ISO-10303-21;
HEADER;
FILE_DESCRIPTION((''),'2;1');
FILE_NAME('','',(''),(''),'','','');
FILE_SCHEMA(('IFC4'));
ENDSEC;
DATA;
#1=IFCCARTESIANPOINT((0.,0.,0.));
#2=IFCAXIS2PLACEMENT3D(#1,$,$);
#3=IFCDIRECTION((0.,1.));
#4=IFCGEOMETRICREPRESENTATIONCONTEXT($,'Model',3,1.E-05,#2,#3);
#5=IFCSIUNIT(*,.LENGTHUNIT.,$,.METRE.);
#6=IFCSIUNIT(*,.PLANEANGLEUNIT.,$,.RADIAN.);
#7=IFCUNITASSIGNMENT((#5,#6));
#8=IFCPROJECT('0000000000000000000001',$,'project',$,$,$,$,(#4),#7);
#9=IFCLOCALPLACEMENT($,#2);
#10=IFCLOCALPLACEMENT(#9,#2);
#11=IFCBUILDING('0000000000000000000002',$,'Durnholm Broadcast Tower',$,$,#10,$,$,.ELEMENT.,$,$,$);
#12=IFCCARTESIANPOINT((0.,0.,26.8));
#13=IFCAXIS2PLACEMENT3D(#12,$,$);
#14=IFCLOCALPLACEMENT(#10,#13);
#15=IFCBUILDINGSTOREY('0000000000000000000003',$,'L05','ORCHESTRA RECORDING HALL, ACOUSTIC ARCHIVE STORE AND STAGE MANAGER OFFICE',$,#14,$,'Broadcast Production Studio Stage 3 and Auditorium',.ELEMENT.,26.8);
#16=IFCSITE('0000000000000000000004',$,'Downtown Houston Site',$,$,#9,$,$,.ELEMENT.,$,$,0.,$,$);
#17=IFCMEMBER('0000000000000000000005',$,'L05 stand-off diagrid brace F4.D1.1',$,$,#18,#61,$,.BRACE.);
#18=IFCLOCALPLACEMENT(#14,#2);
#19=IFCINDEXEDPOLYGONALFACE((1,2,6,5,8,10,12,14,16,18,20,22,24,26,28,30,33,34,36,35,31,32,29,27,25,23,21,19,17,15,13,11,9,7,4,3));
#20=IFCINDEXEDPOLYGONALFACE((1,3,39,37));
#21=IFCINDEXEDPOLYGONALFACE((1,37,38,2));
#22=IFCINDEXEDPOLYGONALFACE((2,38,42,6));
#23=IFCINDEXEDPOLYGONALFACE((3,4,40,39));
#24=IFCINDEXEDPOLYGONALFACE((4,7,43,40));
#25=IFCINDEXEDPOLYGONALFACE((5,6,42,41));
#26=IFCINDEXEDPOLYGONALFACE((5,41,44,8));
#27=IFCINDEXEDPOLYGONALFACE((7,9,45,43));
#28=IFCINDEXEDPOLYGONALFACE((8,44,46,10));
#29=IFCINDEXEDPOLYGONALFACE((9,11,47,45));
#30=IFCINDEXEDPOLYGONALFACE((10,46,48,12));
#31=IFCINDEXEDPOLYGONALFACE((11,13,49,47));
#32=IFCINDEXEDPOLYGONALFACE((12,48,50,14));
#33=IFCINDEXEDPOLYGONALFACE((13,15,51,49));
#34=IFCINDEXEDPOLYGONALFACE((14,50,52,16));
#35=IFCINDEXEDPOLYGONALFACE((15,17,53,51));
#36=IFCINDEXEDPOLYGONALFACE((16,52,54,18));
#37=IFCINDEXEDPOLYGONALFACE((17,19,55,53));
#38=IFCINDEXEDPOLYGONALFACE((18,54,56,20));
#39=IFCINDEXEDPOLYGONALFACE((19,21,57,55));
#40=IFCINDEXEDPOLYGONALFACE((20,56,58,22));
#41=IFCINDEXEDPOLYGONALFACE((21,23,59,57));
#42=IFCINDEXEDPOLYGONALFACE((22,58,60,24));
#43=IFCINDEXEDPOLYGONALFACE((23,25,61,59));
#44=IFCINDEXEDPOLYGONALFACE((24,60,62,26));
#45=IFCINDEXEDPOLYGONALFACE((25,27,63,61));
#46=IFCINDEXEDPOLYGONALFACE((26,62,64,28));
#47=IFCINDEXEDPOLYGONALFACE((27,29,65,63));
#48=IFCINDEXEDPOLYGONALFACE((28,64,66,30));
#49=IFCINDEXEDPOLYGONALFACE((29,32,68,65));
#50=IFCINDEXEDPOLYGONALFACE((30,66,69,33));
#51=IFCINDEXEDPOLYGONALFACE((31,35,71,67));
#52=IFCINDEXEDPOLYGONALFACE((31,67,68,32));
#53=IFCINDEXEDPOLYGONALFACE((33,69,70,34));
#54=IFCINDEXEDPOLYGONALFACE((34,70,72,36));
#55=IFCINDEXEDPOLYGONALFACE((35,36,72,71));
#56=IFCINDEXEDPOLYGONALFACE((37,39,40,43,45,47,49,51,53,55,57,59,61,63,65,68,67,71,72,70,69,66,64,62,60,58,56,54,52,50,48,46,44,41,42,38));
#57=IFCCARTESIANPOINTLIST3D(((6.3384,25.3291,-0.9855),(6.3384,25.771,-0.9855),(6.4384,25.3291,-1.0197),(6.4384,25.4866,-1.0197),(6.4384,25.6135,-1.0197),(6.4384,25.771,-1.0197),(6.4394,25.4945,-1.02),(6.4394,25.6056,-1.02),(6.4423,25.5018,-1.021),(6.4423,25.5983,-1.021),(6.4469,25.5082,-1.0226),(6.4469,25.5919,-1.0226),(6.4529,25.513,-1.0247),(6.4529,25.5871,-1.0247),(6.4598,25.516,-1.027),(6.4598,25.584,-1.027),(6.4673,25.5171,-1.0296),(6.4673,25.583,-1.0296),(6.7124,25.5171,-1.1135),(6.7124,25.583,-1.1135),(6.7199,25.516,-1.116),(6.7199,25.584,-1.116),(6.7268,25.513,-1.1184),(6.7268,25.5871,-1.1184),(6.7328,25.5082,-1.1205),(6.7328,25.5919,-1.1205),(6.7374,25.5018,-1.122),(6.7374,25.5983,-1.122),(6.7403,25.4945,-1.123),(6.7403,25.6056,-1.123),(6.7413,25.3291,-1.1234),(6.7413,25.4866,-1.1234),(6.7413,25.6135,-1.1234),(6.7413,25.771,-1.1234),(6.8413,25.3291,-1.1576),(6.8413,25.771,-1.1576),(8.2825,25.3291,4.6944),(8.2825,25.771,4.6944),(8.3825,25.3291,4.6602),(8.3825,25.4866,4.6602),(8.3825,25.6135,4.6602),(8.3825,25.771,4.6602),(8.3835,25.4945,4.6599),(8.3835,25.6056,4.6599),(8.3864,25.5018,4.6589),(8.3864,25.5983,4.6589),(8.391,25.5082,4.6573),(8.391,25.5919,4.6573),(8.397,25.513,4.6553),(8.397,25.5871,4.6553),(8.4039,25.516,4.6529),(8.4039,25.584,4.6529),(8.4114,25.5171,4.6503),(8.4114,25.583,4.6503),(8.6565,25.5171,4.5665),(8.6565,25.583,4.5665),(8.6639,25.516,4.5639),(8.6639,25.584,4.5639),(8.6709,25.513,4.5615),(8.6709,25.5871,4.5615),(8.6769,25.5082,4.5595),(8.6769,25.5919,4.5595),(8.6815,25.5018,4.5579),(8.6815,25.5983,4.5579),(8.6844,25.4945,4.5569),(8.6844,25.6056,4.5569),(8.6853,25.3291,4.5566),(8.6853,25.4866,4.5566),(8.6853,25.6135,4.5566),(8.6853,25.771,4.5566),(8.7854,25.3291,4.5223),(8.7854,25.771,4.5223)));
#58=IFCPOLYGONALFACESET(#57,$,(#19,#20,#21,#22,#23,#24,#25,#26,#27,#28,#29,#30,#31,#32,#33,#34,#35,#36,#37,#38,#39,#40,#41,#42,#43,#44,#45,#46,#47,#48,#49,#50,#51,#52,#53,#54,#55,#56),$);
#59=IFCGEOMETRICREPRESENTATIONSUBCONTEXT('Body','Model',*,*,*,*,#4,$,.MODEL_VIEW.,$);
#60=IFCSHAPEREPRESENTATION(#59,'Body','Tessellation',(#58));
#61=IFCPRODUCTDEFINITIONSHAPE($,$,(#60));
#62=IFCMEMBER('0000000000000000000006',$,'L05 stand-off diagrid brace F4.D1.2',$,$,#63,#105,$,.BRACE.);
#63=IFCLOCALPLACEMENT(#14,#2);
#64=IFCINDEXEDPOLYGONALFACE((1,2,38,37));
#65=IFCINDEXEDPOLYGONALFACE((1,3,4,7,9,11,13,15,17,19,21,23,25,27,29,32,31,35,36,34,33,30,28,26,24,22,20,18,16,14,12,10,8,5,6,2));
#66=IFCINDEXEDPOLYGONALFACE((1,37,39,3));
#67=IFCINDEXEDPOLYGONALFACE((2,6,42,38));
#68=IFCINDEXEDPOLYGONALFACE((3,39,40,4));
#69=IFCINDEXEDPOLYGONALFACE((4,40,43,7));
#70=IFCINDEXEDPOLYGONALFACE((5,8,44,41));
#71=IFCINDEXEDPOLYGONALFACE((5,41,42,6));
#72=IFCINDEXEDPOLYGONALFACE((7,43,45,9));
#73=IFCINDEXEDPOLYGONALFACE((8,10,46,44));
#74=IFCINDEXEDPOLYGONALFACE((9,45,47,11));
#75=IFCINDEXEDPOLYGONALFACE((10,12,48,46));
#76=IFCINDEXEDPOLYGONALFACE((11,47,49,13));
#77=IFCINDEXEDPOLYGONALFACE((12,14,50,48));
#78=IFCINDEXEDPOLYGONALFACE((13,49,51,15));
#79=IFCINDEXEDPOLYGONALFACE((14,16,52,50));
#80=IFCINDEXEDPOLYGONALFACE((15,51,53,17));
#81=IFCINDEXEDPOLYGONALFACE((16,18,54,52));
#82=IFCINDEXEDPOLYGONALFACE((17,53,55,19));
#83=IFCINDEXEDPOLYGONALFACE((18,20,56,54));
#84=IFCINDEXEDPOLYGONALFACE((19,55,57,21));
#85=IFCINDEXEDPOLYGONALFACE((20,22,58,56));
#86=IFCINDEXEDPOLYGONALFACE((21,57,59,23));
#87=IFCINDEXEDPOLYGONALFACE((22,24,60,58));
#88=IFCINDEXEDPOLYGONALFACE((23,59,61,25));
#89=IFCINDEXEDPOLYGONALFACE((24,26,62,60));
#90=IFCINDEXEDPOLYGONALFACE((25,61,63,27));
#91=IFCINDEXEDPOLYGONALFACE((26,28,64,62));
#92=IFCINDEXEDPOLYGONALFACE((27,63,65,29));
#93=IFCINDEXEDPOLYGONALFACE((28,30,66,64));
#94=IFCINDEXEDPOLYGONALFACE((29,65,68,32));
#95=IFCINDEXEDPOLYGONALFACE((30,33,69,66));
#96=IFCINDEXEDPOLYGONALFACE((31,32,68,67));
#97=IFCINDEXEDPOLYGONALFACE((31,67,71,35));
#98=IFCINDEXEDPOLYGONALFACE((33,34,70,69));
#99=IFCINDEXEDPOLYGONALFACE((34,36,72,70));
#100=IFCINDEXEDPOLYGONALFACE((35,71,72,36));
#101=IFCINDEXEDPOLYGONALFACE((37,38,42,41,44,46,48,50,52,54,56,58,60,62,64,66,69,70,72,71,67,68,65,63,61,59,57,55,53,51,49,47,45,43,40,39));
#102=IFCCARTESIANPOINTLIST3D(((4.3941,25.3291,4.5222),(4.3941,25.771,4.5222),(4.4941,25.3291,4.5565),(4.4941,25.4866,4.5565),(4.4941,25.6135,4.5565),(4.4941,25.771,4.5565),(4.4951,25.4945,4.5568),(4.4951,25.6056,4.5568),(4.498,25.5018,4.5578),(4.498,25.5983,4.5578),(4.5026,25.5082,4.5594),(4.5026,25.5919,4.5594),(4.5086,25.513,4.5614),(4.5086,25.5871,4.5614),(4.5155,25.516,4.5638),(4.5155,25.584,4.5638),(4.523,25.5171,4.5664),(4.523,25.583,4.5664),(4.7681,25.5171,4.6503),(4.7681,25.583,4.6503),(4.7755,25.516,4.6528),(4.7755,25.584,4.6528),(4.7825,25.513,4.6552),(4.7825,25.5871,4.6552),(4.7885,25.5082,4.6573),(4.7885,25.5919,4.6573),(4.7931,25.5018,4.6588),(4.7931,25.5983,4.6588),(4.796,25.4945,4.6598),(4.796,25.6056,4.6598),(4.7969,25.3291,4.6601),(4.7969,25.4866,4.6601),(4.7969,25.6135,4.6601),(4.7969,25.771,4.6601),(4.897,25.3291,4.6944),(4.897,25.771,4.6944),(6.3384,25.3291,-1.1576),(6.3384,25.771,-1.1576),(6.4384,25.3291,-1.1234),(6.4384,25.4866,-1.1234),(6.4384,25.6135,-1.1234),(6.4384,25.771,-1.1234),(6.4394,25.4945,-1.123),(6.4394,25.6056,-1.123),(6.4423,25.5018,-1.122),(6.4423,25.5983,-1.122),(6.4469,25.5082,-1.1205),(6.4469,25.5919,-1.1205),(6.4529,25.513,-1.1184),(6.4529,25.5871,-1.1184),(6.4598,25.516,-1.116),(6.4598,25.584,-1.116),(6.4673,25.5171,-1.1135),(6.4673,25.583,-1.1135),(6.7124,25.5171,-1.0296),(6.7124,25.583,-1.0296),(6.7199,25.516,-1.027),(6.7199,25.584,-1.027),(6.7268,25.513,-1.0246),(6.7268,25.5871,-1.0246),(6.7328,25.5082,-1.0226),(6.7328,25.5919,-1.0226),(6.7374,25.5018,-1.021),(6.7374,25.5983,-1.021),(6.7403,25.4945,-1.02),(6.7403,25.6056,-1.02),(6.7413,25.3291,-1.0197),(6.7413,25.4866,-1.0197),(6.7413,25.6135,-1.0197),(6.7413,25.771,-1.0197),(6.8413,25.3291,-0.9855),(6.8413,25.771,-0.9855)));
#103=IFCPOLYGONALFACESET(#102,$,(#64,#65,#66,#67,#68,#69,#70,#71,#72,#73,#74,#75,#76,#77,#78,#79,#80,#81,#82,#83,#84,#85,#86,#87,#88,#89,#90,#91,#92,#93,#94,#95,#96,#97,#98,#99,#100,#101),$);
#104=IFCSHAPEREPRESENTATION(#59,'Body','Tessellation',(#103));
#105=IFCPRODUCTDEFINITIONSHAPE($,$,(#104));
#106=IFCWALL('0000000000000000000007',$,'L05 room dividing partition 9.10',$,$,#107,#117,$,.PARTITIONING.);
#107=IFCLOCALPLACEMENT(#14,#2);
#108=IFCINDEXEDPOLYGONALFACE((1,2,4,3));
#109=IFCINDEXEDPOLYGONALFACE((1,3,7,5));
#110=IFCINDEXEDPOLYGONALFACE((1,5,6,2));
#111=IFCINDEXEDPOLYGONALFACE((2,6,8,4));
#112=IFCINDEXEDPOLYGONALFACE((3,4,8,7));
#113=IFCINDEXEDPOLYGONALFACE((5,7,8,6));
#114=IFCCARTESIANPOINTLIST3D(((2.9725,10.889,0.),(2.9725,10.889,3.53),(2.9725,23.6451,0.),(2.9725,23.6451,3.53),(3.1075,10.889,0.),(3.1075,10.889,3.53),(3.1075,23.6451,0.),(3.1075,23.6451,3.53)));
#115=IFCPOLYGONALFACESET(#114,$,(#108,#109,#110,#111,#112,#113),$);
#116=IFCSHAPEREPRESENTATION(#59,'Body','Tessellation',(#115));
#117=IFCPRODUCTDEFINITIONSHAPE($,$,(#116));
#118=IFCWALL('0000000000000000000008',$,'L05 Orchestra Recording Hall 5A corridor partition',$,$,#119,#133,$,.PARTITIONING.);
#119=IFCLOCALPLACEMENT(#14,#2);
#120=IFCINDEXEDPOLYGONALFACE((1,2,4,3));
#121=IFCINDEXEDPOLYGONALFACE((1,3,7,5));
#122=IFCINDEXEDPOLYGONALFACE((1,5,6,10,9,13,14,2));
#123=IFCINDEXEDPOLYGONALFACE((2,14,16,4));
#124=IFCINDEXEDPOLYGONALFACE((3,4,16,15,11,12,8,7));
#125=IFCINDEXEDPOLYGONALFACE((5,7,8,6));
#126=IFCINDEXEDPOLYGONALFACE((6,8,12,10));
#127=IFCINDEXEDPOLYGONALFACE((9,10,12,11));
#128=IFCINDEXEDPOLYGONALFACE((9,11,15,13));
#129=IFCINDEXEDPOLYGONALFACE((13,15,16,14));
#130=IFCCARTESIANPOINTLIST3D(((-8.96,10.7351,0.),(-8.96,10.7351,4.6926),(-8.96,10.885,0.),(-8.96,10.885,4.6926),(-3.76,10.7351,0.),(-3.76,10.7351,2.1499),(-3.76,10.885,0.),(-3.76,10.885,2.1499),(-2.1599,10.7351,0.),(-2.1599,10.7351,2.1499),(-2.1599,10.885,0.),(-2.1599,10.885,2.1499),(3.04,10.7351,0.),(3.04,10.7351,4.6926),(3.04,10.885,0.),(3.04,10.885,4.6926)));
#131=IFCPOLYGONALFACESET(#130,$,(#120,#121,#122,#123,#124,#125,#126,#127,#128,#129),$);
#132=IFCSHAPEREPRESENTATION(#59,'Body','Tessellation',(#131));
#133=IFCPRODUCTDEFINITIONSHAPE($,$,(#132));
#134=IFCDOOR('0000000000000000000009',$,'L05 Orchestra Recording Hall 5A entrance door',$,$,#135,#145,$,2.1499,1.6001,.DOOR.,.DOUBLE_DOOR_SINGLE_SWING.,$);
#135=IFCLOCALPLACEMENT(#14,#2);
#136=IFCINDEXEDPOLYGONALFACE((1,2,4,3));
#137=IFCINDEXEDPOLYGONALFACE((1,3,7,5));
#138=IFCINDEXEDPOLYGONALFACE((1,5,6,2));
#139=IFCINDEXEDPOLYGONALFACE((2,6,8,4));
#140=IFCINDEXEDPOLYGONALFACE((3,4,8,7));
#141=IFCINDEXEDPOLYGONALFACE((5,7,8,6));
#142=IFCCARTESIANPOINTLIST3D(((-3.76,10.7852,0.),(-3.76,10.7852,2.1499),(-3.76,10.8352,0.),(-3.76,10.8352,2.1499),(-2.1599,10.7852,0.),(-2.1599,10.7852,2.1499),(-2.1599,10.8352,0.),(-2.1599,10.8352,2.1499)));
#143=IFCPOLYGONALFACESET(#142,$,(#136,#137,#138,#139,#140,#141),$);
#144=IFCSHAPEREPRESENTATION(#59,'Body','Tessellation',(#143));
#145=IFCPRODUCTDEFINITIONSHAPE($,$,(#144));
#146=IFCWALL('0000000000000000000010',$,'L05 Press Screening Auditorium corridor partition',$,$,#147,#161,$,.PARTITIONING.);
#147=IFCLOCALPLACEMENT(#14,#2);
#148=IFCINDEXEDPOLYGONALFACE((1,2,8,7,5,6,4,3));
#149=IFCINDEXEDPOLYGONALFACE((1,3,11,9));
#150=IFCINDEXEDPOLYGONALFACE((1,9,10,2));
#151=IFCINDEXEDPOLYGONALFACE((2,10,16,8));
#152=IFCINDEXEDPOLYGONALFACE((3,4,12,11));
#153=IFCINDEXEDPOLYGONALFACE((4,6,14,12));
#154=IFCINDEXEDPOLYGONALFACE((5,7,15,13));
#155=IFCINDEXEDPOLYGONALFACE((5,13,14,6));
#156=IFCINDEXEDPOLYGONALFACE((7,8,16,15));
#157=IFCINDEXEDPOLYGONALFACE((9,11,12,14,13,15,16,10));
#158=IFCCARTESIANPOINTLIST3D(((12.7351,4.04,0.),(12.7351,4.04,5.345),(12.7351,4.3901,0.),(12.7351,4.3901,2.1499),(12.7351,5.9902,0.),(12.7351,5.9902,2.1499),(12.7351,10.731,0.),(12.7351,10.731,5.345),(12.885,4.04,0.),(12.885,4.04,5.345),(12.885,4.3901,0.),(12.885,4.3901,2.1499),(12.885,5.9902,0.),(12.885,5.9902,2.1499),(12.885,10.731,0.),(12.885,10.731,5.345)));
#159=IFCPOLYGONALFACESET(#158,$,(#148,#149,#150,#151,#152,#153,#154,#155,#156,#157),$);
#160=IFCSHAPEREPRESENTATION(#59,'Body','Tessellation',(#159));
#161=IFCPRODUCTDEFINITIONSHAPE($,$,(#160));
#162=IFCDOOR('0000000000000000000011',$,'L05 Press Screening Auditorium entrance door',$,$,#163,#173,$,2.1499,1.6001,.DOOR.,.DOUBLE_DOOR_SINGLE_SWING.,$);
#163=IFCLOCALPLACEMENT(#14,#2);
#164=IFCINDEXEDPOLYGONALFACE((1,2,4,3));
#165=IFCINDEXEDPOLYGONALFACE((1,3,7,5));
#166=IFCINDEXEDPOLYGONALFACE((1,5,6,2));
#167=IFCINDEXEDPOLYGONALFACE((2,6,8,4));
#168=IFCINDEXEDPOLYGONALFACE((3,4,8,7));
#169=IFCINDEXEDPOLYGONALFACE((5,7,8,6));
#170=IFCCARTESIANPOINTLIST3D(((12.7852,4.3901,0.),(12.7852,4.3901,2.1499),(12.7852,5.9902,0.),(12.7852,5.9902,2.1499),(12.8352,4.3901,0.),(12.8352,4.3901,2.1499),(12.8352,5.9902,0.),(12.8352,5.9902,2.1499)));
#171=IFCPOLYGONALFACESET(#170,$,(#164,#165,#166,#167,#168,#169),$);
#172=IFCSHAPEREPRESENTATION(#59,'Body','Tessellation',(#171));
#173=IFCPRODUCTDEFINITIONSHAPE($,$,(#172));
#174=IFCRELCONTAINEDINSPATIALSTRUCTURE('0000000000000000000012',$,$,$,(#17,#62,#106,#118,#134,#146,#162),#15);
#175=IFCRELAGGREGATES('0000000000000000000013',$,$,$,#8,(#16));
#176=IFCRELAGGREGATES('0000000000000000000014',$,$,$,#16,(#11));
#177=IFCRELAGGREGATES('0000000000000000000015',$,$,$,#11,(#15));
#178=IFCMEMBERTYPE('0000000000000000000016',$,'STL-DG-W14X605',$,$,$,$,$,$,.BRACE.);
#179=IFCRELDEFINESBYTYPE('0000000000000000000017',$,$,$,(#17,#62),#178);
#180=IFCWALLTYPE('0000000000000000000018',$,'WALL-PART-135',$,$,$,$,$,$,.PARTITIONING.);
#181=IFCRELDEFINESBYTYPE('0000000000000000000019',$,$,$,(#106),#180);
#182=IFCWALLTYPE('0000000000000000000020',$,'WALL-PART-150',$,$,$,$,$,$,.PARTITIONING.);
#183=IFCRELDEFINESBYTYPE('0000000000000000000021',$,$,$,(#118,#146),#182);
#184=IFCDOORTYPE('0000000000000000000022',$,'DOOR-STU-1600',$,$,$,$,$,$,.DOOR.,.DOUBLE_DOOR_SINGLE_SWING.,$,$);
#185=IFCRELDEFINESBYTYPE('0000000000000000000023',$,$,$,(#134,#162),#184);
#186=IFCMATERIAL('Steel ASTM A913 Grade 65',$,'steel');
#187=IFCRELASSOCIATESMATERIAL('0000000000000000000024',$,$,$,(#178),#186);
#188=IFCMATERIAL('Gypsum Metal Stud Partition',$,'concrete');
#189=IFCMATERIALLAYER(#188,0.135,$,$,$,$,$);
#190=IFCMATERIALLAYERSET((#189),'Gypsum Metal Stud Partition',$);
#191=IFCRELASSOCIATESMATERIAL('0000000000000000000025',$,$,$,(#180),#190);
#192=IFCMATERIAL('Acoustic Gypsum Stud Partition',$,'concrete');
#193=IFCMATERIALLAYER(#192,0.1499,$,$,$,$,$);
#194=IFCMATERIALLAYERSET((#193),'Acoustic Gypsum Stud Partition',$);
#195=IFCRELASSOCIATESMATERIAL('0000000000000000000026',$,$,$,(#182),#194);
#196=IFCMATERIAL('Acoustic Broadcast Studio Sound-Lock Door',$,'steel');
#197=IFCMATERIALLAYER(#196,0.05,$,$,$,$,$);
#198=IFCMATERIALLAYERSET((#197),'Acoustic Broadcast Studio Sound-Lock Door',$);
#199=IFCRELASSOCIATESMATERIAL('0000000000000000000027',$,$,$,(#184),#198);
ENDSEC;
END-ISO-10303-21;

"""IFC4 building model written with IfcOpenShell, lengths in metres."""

from ifc_helpers import new_model, si_unit, direction, frame, frame_2d, origin, origin_2d, place, context, subcontext, project, spatial, rectangle, i_section, extrude, source, transform, mapped, material, layer, layer_set, material_profile, profile_set, type_object, type_shapes, element, fill, save


model = new_model("IFC4")

# Units and contexts
model_context = context("Model", 3, precision=1e-05, world=origin(), true_north=direction((0.0, 1.0)))
body_context = subcontext(model_context, "Body", "Model", "MODEL_VIEW")
ifc_project = project(units=[si_unit("LENGTHUNIT", "METRE"), si_unit("PLANEANGLEUNIT", "RADIAN")], contexts=[model_context])

# Site, building, storey
site_placement = place(None, origin())
site = spatial("IfcSite", under=ifc_project, at=site_placement, Name="Downtown Houston Site", CompositionType="ELEMENT", RefElevation=0.0)
building_placement = place(site_placement, origin())
building = spatial("IfcBuilding", under=site, at=building_placement, Name="Durnholm Broadcast Tower", CompositionType="ELEMENT")
storey_placement = place(building_placement, frame((0.0, 0.0, 26.8)))
storey = spatial("IfcBuildingStorey", under=building, at=storey_placement, Name="L05", Description="ORCHESTRA RECORDING HALL, ACOUSTIC ARCHIVE STORE AND STAGE MANAGER OFFICE", LongName="Broadcast Production Studio Stage 3 and Auditorium", CompositionType="ELEMENT", Elevation=26.8)

# Members
ifc_material_1 = material(Name="Steel ASTM A913 Grade 65", Category="steel")
ifc_material_profile_1 = material_profile(ifc_material_1, i_section(OverallWidth=0.4419, OverallDepth=0.5315, WebThickness=0.0659, FlangeThickness=0.1057, FilletRadius=0.0305, at=origin_2d()), Name="W14X605")
ifc_profile_set_1 = profile_set([ifc_material_profile_1], Name="Steel ASTM A913 Grade 65")
member_type = type_object("IfcMemberType", Name="STL-DG-W14X605", PredefinedType="BRACE", material=ifc_profile_set_1)
shared_shape_1 = source(origin(), body_context, "Body", "SweptSolid", [
    extrude(i_section(OverallWidth=0.4419, OverallDepth=0.5315, WebThickness=0.0659, FlangeThickness=0.1057, FilletRadius=0.0305, at=origin_2d()), origin(), (0.0, 0.0, 1.0), 6.0034),
])
type_shapes(member_type, [shared_shape_1])
for number, where, z_axis, x_axis, name in (
    (1, (6.5898, 25.55, -1.0715), (0.32383, 0.0, 0.946115), (0.0, 1.0, 0.0), "L05 stand-off diagrid brace F4.D1.1"),
    (2, (6.5898, 25.55, -1.0715), (-0.323867, 0.0, 0.946103), (0.0, -1.0, 0.0), "L05 stand-off diagrid brace F4.D1.2"),
):
    element("IfcMember", number, at=place(storey_placement, frame(where, z_axis=z_axis, x_axis=x_axis)), inside=storey, type_object=member_type, Name=name, PredefinedType="BRACE", context=body_context, shape_type="MappedRepresentation", body=[
        mapped(shared_shape_1, transform((0.0, 0.0, 0.0), x_axis=(1.0, 0.0, 0.0), y_axis=(0.0, 1.0, 0.0), z_axis=(0.0, 0.0, 1.0), scale=1.0)),
    ])

# Wall
ifc_material_2 = material(Name="Gypsum Metal Stud Partition", Category="concrete")
ifc_layer_1 = layer(ifc_material_2, 0.135)
ifc_layer_set_1 = layer_set([ifc_layer_1], Name="Gypsum Metal Stud Partition")
wall_type_1 = type_object("IfcWallType", Name="WALL-PART-135", PredefinedType="PARTITIONING", material=ifc_layer_set_1)
wall_1_placement = place(storey_placement, frame((3.04, 23.645, 0.0), z_axis=(0.0, 0.0, 1.0), x_axis=(0.0, -1.0, 0.0)))
element("IfcWall", 3, at=wall_1_placement, inside=storey, type_object=wall_type_1, Name="L05 room dividing partition 9.10", PredefinedType="PARTITIONING", context=body_context, shape_type="SweptSolid", body=[
    extrude(rectangle(XDim=12.7561, YDim=0.135, at=frame_2d((6.3779, 0.0))), origin(), (0.0, 0.0, 1.0), 3.53),
])

# Walls, openings, doors
ifc_material_3 = material(Name="Acoustic Gypsum Stud Partition", Category="concrete")
ifc_layer_2 = layer(ifc_material_3, 0.1499)
ifc_layer_set_2 = layer_set([ifc_layer_2], Name="Acoustic Gypsum Stud Partition")
wall_type_2 = type_object("IfcWallType", Name="WALL-PART-150", PredefinedType="PARTITIONING", material=ifc_layer_set_2)
wall_2_placement = place(storey_placement, frame((3.04, 10.8101, 0.0), z_axis=(0.0, 0.0, 1.0), x_axis=(-1.0, 0.0, 0.0)))
wall_2 = element("IfcWall", 4, at=wall_2_placement, inside=storey, type_object=wall_type_2, Name="L05 Orchestra Recording Hall 5A corridor partition", PredefinedType="PARTITIONING", context=body_context, shape_type="SweptSolid", body=[
    extrude(rectangle(XDim=12.0, YDim=0.1499, at=frame_2d((6.0, 0.0))), origin(), (0.0, 0.0, 1.0), 4.6926),
])
opening_1_placement = place(wall_2_placement, frame((5.2, 0.0, 0.0)))
opening_1 = element("IfcOpeningElement", 5, at=opening_1_placement, cuts=wall_2, PredefinedType="OPENING", context=body_context, shape_type="SweptSolid", body=[
    extrude(rectangle(XDim=1.6001, YDim=2.1499, at=frame_2d((0.8, 1.075))), frame((0.0, 0.085, 0.0), z_axis=(0.0, -1.0, 0.0), x_axis=(1.0, 0.0, 0.0)), (0.0, 0.0, 1.0), 0.1699),
])
ifc_material_4 = material(Name="Acoustic Broadcast Studio Sound-Lock Door", Category="steel")
ifc_layer_3 = layer(ifc_material_4, 0.05)
ifc_layer_set_3 = layer_set([ifc_layer_3], Name="Acoustic Broadcast Studio Sound-Lock Door")
door_type = type_object("IfcDoorType", Name="DOOR-STU-1600", OperationType="DOUBLE_DOOR_SINGLE_SWING", PredefinedType="DOOR", material=ifc_layer_set_3)
shared_shape_2 = source(origin(), body_context, "Body", "SweptSolid", [
    extrude(rectangle(XDim=1.6001, YDim=2.1499, at=frame_2d((0.8, 1.075))), frame((0.0, 0.0249, 0.0), z_axis=(0.0, -1.0, 0.0), x_axis=(1.0, 0.0, 0.0)), (0.0, 0.0, 1.0), 0.05),
])
type_shapes(door_type, [shared_shape_2])
door_1_placement = place(opening_1_placement, origin())
door_1 = element("IfcDoor", 6, at=door_1_placement, inside=storey, type_object=door_type, Name="L05 Orchestra Recording Hall 5A entrance door", OperationType="DOUBLE_DOOR_SINGLE_SWING", OverallHeight=2.1499, OverallWidth=1.6001, PredefinedType="DOOR", context=body_context, shape_type="MappedRepresentation", body=[
    mapped(shared_shape_2, transform((0.0, 0.0, 0.0), x_axis=(1.0, 0.0, 0.0), y_axis=(0.0, 1.0, 0.0), z_axis=(0.0, 0.0, 1.0), scale=1.0)),
])
fill(opening_1, door_1)
wall_3_placement = place(storey_placement, frame((12.8101, 4.04, 0.0), z_axis=(0.0, 0.0, 1.0), x_axis=(0.0, 1.0, 0.0)))
wall_3 = element("IfcWall", 7, at=wall_3_placement, inside=storey, type_object=wall_type_2, Name="L05 Press Screening Auditorium corridor partition", PredefinedType="PARTITIONING", context=body_context, shape_type="SweptSolid", body=[
    extrude(rectangle(XDim=6.6909, YDim=0.1499, at=frame_2d((3.3455, 0.0))), origin(), (0.0, 0.0, 1.0), 5.345),
])
opening_2_placement = place(wall_3_placement, frame((0.3501, 0.0, 0.0)))
opening_2 = element("IfcOpeningElement", 8, at=opening_2_placement, cuts=wall_3, PredefinedType="OPENING", context=body_context, shape_type="SweptSolid", body=[
    extrude(rectangle(XDim=1.6001, YDim=2.1499, at=frame_2d((0.8, 1.075))), frame((0.0, 0.085, 0.0), z_axis=(0.0, -1.0, 0.0), x_axis=(1.0, 0.0, 0.0)), (0.0, 0.0, 1.0), 0.1699),
])
door_2_placement = place(opening_2_placement, origin())
door_2 = element("IfcDoor", 9, at=door_2_placement, inside=storey, type_object=door_type, Name="L05 Press Screening Auditorium entrance door", OperationType="DOUBLE_DOOR_SINGLE_SWING", OverallHeight=2.1499, OverallWidth=1.6001, PredefinedType="DOOR", context=body_context, shape_type="MappedRepresentation", body=[
    mapped(shared_shape_2, transform((0.0, 0.0, 0.0), x_axis=(1.0, 0.0, 0.0), y_axis=(0.0, 1.0, 0.0), z_axis=(0.0, 0.0, 1.0), scale=1.0)),
])
fill(opening_2, door_2)

save(model, "model.ifc")
